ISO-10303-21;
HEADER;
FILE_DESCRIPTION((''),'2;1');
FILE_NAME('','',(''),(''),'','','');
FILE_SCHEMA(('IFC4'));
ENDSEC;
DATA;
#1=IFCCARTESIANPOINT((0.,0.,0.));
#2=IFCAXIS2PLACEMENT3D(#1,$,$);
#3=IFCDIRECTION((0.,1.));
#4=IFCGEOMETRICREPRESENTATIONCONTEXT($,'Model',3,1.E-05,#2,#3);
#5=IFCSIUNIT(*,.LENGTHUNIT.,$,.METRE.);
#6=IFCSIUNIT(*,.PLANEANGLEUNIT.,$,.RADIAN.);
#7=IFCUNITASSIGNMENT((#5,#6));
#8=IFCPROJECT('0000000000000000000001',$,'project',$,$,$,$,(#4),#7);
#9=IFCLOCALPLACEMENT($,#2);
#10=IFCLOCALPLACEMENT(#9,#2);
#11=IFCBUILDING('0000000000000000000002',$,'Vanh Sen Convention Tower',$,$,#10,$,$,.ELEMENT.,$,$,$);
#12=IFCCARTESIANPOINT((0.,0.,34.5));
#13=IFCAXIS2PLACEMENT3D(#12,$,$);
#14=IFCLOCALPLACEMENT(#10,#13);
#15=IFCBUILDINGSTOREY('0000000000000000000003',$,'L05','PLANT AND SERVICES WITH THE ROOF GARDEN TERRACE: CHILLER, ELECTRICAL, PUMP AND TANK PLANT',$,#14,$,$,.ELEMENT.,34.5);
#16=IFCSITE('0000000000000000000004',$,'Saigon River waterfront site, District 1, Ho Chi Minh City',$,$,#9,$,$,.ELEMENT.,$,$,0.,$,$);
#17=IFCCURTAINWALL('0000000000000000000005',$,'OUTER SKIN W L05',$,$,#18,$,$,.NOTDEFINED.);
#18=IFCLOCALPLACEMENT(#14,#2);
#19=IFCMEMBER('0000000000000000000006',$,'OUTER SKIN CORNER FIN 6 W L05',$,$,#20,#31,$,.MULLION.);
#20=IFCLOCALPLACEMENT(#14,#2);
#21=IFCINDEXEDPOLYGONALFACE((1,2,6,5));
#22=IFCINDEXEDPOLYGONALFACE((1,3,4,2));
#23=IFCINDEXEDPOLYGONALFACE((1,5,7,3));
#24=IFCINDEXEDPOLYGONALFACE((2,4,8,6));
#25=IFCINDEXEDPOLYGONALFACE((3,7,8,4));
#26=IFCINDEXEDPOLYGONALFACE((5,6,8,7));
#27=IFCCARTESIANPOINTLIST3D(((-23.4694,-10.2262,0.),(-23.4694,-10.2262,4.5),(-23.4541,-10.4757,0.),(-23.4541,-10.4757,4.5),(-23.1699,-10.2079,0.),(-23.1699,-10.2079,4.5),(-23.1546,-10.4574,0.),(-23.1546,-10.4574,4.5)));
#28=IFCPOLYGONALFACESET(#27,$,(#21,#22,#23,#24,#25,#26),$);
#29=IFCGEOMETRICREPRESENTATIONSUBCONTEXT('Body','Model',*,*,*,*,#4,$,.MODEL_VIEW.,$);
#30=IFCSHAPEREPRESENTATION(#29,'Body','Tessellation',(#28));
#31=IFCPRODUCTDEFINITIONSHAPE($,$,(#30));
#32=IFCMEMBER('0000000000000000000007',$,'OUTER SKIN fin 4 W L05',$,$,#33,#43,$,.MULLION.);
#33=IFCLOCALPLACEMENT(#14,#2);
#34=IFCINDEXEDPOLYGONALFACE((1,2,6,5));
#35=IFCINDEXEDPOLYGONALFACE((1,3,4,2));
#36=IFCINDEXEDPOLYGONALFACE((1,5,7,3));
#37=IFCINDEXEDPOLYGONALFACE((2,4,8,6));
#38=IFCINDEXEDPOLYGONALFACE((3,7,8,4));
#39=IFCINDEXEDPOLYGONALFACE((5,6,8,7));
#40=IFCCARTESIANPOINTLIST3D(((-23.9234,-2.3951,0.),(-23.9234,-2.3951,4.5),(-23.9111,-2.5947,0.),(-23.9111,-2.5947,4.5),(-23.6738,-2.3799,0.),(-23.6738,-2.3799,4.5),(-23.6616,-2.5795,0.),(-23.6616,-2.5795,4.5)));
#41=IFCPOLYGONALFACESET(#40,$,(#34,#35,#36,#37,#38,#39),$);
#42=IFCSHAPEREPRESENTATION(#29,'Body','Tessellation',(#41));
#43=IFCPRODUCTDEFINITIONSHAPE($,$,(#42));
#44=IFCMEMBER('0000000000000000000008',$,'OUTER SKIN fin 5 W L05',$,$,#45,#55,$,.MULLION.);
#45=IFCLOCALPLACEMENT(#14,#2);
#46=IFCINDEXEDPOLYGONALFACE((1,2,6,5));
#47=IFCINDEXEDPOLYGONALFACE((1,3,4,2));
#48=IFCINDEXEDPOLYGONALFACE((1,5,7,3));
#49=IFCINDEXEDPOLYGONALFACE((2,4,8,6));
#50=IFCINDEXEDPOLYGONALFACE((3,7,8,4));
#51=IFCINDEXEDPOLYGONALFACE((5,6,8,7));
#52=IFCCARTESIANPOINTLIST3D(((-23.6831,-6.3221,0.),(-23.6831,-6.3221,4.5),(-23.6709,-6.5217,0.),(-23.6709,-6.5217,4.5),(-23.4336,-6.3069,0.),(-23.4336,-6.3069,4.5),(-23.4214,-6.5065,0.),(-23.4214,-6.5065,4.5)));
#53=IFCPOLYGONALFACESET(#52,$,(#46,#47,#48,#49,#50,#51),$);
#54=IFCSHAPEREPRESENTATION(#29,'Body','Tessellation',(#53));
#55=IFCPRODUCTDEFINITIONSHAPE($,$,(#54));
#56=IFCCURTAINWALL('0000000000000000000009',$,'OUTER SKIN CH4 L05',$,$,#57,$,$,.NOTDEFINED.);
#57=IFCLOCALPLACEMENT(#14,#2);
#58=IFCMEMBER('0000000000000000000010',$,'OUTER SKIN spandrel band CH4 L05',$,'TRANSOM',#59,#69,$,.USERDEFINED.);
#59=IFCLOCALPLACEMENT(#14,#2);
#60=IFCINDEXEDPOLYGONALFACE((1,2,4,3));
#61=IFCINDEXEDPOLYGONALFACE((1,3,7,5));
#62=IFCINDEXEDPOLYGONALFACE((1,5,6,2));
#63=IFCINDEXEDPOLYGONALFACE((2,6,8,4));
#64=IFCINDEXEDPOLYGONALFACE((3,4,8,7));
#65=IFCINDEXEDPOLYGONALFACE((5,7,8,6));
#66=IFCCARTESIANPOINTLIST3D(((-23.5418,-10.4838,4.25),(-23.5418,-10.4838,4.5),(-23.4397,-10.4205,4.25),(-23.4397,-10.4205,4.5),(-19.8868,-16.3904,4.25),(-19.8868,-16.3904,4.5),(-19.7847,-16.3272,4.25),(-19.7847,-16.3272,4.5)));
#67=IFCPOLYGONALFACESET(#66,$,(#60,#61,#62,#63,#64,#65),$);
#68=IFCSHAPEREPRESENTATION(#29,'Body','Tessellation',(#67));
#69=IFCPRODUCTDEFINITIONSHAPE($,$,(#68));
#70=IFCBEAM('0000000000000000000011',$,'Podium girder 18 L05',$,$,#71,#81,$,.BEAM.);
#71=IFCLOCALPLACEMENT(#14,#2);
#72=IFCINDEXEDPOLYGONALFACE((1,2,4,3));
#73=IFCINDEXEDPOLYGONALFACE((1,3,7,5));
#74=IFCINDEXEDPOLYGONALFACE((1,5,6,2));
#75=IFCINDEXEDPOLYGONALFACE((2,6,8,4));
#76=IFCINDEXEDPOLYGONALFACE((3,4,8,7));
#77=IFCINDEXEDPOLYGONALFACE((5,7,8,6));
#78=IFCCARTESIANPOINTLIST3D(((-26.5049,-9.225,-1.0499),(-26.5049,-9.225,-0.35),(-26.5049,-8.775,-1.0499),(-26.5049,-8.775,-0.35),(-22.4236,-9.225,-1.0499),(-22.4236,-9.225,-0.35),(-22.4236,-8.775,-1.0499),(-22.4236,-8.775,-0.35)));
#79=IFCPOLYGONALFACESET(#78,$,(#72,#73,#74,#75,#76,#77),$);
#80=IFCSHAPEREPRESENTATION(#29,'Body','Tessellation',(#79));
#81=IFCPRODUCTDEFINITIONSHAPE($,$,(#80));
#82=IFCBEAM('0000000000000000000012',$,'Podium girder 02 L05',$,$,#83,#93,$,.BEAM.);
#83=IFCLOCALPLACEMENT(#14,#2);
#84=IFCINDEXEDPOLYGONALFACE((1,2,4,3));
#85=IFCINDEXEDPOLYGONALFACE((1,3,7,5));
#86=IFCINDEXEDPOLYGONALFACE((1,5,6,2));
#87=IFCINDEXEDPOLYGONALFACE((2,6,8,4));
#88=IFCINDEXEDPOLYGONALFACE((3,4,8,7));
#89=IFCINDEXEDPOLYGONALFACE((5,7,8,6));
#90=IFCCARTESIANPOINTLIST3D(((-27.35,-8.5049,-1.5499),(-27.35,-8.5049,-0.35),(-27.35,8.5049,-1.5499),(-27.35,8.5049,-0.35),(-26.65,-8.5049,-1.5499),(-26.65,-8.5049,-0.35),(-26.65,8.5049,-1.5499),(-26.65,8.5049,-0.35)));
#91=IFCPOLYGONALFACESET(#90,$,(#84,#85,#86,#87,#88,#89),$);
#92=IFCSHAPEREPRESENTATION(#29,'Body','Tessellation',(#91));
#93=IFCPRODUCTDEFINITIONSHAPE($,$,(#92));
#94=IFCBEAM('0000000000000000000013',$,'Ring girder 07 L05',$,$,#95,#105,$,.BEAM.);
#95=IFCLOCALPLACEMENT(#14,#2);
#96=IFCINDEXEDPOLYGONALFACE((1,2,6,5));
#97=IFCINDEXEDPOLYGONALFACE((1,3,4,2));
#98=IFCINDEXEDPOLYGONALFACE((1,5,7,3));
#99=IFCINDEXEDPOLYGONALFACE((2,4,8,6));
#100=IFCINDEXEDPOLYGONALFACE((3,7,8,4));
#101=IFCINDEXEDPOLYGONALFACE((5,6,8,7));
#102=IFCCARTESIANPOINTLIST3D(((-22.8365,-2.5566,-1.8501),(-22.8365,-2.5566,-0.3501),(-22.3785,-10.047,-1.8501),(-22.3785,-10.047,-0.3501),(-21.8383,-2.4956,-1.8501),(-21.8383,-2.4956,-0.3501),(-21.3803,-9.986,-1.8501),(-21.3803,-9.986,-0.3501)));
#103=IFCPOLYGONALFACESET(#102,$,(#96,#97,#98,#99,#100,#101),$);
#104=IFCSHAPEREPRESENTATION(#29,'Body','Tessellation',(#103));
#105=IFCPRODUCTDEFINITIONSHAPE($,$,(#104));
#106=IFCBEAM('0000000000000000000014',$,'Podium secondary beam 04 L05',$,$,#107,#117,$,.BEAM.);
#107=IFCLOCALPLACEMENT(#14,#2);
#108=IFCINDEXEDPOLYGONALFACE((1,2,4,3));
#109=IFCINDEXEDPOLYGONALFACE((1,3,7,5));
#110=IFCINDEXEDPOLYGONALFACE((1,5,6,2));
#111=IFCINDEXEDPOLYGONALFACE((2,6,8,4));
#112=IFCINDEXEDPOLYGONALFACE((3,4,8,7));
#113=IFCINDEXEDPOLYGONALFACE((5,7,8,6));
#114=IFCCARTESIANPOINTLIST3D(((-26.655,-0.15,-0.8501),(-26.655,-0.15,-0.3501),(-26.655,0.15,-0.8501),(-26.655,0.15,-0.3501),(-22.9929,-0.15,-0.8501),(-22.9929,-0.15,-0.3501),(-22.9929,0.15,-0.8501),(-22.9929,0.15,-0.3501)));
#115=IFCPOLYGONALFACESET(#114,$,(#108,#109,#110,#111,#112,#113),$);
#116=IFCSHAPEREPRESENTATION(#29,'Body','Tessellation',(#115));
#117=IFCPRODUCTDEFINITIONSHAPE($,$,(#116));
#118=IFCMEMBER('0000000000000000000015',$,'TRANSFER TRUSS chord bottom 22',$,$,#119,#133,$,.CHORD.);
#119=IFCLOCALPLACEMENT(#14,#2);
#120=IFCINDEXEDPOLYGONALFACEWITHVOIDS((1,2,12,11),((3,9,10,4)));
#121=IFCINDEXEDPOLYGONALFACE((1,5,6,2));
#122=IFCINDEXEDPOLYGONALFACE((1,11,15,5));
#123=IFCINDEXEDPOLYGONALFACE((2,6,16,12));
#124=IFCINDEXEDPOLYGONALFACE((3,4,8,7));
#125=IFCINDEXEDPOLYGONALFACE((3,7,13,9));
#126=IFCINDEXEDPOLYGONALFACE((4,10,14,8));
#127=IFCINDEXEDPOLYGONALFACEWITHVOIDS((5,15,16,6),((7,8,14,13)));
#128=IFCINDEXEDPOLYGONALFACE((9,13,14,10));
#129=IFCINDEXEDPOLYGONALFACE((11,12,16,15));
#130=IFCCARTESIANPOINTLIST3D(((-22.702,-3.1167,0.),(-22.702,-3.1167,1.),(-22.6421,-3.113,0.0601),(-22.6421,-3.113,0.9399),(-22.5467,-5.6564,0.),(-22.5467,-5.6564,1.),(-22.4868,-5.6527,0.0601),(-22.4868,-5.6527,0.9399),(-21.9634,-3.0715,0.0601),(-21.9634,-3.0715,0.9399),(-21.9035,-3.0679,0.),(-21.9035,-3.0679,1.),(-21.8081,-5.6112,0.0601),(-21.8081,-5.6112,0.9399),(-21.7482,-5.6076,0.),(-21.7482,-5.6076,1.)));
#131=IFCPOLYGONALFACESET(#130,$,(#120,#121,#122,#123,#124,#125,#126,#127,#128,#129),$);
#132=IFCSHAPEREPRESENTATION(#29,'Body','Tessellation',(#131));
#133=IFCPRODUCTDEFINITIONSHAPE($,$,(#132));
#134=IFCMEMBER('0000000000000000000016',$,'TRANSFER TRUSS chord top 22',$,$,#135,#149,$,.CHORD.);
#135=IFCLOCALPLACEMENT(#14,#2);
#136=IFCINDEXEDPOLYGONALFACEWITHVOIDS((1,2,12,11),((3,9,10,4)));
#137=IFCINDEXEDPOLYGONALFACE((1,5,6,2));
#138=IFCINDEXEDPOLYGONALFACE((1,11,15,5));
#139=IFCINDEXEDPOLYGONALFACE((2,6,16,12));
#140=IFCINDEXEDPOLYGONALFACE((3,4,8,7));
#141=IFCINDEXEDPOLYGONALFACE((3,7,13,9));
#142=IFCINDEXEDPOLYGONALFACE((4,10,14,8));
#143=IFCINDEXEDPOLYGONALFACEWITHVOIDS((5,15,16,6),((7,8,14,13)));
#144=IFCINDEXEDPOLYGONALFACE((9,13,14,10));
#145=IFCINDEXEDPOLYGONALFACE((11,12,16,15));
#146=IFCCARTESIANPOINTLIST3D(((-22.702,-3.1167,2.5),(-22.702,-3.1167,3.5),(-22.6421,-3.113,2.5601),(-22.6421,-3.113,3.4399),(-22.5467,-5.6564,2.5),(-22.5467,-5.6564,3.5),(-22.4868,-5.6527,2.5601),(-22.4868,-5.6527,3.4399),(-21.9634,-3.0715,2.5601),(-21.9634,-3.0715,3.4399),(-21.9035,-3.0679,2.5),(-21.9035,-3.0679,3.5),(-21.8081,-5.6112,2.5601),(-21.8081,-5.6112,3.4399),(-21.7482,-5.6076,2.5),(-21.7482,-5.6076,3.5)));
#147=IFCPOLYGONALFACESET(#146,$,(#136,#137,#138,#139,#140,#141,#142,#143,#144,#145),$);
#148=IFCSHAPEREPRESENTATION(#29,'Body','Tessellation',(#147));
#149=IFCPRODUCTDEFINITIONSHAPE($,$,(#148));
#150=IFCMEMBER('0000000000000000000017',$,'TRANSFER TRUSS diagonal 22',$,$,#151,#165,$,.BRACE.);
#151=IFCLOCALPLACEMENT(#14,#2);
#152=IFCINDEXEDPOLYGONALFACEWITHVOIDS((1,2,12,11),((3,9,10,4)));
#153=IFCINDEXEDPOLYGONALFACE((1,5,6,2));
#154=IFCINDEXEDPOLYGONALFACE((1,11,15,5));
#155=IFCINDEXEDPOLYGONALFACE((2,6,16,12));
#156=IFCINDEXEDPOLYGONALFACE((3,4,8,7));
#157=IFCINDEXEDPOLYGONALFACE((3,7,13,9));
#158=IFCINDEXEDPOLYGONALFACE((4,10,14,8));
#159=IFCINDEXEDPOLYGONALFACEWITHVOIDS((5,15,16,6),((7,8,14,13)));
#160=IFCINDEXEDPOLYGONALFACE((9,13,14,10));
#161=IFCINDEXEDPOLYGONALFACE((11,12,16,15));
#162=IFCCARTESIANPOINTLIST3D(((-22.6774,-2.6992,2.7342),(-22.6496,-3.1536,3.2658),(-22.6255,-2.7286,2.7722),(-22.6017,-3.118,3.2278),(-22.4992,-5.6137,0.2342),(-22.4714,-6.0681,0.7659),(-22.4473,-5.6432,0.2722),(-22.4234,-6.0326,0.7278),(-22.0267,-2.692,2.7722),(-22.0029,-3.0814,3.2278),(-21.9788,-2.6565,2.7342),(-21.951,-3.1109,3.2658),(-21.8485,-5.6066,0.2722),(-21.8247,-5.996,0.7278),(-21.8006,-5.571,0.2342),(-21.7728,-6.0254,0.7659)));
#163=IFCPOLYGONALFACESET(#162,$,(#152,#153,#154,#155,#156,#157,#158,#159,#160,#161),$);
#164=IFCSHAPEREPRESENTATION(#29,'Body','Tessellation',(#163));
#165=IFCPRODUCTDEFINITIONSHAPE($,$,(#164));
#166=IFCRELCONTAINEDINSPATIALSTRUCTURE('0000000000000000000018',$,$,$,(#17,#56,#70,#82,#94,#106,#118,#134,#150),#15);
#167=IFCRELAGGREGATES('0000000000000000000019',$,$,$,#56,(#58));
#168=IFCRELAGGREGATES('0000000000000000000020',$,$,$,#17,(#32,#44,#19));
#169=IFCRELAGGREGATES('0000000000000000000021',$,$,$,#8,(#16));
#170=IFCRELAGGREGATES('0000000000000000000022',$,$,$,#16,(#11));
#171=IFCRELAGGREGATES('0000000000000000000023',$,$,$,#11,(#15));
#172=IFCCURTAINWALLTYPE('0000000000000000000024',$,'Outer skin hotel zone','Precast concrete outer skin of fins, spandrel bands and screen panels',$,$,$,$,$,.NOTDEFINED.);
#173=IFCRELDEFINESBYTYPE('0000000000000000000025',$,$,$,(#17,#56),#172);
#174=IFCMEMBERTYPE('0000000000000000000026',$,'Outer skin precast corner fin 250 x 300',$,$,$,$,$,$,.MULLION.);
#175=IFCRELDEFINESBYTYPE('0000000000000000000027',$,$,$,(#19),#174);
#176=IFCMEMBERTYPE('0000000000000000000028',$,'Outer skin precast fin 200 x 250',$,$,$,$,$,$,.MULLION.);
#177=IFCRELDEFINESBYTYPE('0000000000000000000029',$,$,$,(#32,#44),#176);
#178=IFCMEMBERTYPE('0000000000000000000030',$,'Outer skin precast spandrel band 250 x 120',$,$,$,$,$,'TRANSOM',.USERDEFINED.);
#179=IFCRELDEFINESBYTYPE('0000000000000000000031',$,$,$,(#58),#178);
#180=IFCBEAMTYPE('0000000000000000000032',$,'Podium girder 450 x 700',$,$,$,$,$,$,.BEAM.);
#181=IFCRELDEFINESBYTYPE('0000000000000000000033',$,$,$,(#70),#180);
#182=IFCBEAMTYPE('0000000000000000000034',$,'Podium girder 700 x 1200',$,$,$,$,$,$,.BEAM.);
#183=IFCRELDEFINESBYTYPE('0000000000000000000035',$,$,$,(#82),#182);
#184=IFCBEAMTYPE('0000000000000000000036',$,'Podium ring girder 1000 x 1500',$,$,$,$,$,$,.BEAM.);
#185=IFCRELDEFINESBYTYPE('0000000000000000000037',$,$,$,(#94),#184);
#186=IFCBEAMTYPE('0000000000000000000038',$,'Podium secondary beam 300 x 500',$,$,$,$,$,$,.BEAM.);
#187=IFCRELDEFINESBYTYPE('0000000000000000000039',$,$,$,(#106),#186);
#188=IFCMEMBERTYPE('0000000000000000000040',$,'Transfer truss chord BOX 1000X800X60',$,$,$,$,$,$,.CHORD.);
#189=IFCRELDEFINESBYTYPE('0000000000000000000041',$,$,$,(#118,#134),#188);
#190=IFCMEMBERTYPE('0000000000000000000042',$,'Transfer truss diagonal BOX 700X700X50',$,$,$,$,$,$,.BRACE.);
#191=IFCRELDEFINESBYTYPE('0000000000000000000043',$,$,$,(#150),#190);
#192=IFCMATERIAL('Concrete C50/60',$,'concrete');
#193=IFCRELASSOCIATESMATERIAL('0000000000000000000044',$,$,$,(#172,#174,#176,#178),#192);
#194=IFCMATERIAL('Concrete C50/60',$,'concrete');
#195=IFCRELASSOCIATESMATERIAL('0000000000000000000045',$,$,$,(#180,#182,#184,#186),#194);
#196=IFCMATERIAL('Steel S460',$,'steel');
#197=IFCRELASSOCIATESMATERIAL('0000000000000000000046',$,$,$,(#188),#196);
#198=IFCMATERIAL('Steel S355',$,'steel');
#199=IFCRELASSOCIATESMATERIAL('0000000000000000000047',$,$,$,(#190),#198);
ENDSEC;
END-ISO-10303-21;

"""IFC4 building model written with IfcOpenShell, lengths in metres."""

from ifc_helpers import new_model, si_unit, direction, frame, origin, origin_2d, place, context, subcontext, project, spatial, rectangle, hollow_rectangle, extrude, material, material_profile, profile_set, type_object, element, aggregate, save


model = new_model("IFC4")

# Units and contexts
model_context = context("Model", 3, precision=1e-05, world=origin(), true_north=direction((0.0, 1.0)))
body_context = subcontext(model_context, "Body", "Model", "MODEL_VIEW")
ifc_project = project(units=[si_unit("LENGTHUNIT", "METRE"), si_unit("PLANEANGLEUNIT", "RADIAN")], contexts=[model_context])

# Site, building, storey
site_placement = place(None, origin())
site = spatial("IfcSite", under=ifc_project, at=site_placement, Name="Saigon River waterfront site, District 1, Ho Chi Minh City", CompositionType="ELEMENT", RefElevation=0.0)
building_placement = place(site_placement, origin())
building = spatial("IfcBuilding", under=site, at=building_placement, Name="Vanh Sen Convention Tower", CompositionType="ELEMENT")
storey_placement = place(building_placement, frame((0.0, 0.0, 34.5)))
storey = spatial("IfcBuildingStorey", under=building, at=storey_placement, Name="L05", Description="PLANT AND SERVICES WITH THE ROOF GARDEN TERRACE: CHILLER, ELECTRICAL, PUMP AND TANK PLANT", CompositionType="ELEMENT", Elevation=34.5)

# Curtain wall, members
ifc_material_1 = material(Name="Concrete C50/60", Category="concrete")
curtain_wall_type = type_object("IfcCurtainWallType", Name="Outer skin hotel zone", Description="Precast concrete outer skin of fins, spandrel bands and screen panels", PredefinedType="NOTDEFINED", material=ifc_material_1)
curtain_wall_1_placement = place(storey_placement, origin())
curtain_wall_1 = element("IfcCurtainWall", 1, at=curtain_wall_1_placement, inside=storey, type_object=curtain_wall_type, Name="OUTER SKIN W L05", PredefinedType="NOTDEFINED")
ifc_material_profile_1 = material_profile(ifc_material_1, rectangle(XDim=0.25, YDim=0.3, at=origin_2d()), Name="Outer skin precast corner fin 250 x 300")
ifc_profile_set_1 = profile_set([ifc_material_profile_1], Name="Concrete C50/60")
member_type_1 = type_object("IfcMemberType", Name="Outer skin precast corner fin 250 x 300", PredefinedType="MULLION", material=ifc_profile_set_1)
member_1_placement = place(storey_placement, frame((-23.312, -10.3418, 0.0), z_axis=(0.0, 0.0, 1.0), x_axis=(0.061049, -0.998135, 0.0)))
member_1 = element("IfcMember", 2, at=member_1_placement, type_object=member_type_1, Name="OUTER SKIN CORNER FIN 6 W L05", PredefinedType="MULLION", context=body_context, shape_type="SweptSolid", body=[
    extrude(rectangle(XDim=0.25, YDim=0.3, at=origin_2d()), origin(), (0.0, 0.0, 1.0), 4.5),
])
ifc_material_profile_2 = material_profile(ifc_material_1, rectangle(XDim=0.2, YDim=0.25, at=origin_2d()), Name="Outer skin precast fin 200 x 250")
ifc_profile_set_2 = profile_set([ifc_material_profile_2], Name="Concrete C50/60")
member_type_2 = type_object("IfcMemberType", Name="Outer skin precast fin 200 x 250", PredefinedType="MULLION", material=ifc_profile_set_2)
member_2_placement = place(storey_placement, frame((-23.7925, -2.4873, 0.0), z_axis=(0.0, 0.0, 1.0), x_axis=(0.061049, -0.998135, 0.0)))
member_2 = element("IfcMember", 3, at=member_2_placement, type_object=member_type_2, Name="OUTER SKIN fin 4 W L05", PredefinedType="MULLION", context=body_context, shape_type="SweptSolid", body=[
    extrude(rectangle(XDim=0.2, YDim=0.25, at=origin_2d()), origin(), (0.0, 0.0, 1.0), 4.5),
])
member_3_placement = place(storey_placement, frame((-23.5522, -6.4143, 0.0), z_axis=(0.0, 0.0, 1.0), x_axis=(0.061049, -0.998135, 0.0)))
member_3 = element("IfcMember", 4, at=member_3_placement, type_object=member_type_2, Name="OUTER SKIN fin 5 W L05", PredefinedType="MULLION", context=body_context, shape_type="SweptSolid", body=[
    extrude(rectangle(XDim=0.2, YDim=0.25, at=origin_2d()), origin(), (0.0, 0.0, 1.0), 4.5),
])

# Curtain wall, member
curtain_wall_2_placement = place(storey_placement, origin())
curtain_wall_2 = element("IfcCurtainWall", 5, at=curtain_wall_2_placement, inside=storey, type_object=curtain_wall_type, Name="OUTER SKIN CH4 L05", PredefinedType="NOTDEFINED")
ifc_material_profile_3 = material_profile(ifc_material_1, rectangle(XDim=0.1201, YDim=0.25, at=origin_2d()), Name="Outer skin precast spandrel band 250 x 120")
ifc_profile_set_3 = profile_set([ifc_material_profile_3], Name="Concrete C50/60")
member_type_3 = type_object("IfcMemberType", Name="Outer skin precast spandrel band 250 x 120", ElementType="TRANSOM", PredefinedType="USERDEFINED", material=ifc_profile_set_3)
member_4_placement = place(storey_placement, frame((-23.4907, -10.4521, 4.375), z_axis=(0.526196, -0.850363, 0.0), x_axis=(0.850363, 0.526196, 0.0)))
member_4 = element("IfcMember", 6, at=member_4_placement, type_object=member_type_3, Name="OUTER SKIN spandrel band CH4 L05", ObjectType="TRANSOM", PredefinedType="USERDEFINED", context=body_context, shape_type="SweptSolid", body=[
    extrude(rectangle(XDim=0.1201, YDim=0.25, at=origin_2d()), origin(), (0.0, 0.0, 1.0), 6.946),
])
aggregate(curtain_wall_2, [member_4])

# Beams
ifc_material_2 = material(Name="Concrete C50/60", Category="concrete")
ifc_material_profile_4 = material_profile(ifc_material_2, rectangle(XDim=0.45, YDim=0.7, at=origin_2d()), Name="RC 450X700")
ifc_profile_set_4 = profile_set([ifc_material_profile_4], Name="Concrete C50/60")
beam_type_1 = type_object("IfcBeamType", Name="Podium girder 450 x 700", PredefinedType="BEAM", material=ifc_profile_set_4)
beam_1_placement = place(storey_placement, frame((-26.5049, -9.0, -0.7), z_axis=(1.0, 0.0, 0.0), x_axis=(0.0, 1.0, 0.0)))
element("IfcBeam", 7, at=beam_1_placement, inside=storey, type_object=beam_type_1, Name="Podium girder 18 L05", PredefinedType="BEAM", context=body_context, shape_type="SweptSolid", body=[
    extrude(rectangle(XDim=0.45, YDim=0.7, at=origin_2d()), origin(), (0.0, 0.0, 1.0), 4.0813),
])
ifc_material_profile_5 = material_profile(ifc_material_2, rectangle(XDim=0.7, YDim=1.2, at=origin_2d()), Name="RC 700X1200")
ifc_profile_set_5 = profile_set([ifc_material_profile_5], Name="Concrete C50/60")
beam_type_2 = type_object("IfcBeamType", Name="Podium girder 700 x 1200", PredefinedType="BEAM", material=ifc_profile_set_5)
beam_2_placement = place(storey_placement, frame((-27.0, -8.5049, -0.95), z_axis=(0.0, 1.0, 0.0), x_axis=(-1.0, 0.0, 0.0)))
element("IfcBeam", 8, at=beam_2_placement, inside=storey, type_object=beam_type_2, Name="Podium girder 02 L05", PredefinedType="BEAM", context=body_context, shape_type="SweptSolid", body=[
    extrude(rectangle(XDim=0.7, YDim=1.2, at=origin_2d()), origin(), (0.0, 0.0, 1.0), 17.0098),
])
ifc_material_profile_6 = material_profile(ifc_material_2, rectangle(XDim=1.0, YDim=1.5, at=origin_2d()), Name="RC 1000X1500")
ifc_profile_set_6 = profile_set([ifc_material_profile_6], Name="Concrete C50/60")
beam_type_3 = type_object("IfcBeamType", Name="Podium ring girder 1000 x 1500", PredefinedType="BEAM", material=ifc_profile_set_6)
beam_3_placement = place(storey_placement, frame((-22.3374, -2.5261, -1.1001), z_axis=(0.061031, -0.998136, 0.0), x_axis=(0.998136, 0.061031, 0.0)))
element("IfcBeam", 9, at=beam_3_placement, inside=storey, type_object=beam_type_3, Name="Ring girder 07 L05", PredefinedType="BEAM", context=body_context, shape_type="SweptSolid", body=[
    extrude(rectangle(XDim=1.0, YDim=1.5, at=origin_2d()), origin(), (0.0, 0.0, 1.0), 7.5044),
])
ifc_material_profile_7 = material_profile(ifc_material_2, rectangle(XDim=0.3, YDim=0.5, at=origin_2d()), Name="RC 300X500")
ifc_profile_set_7 = profile_set([ifc_material_profile_7], Name="Concrete C50/60")
beam_type_4 = type_object("IfcBeamType", Name="Podium secondary beam 300 x 500", PredefinedType="BEAM", material=ifc_profile_set_7)
beam_4_placement = place(storey_placement, frame((-26.655, 0.0, -0.6001), z_axis=(1.0, 0.0, 0.0), x_axis=(0.0, 1.0, 0.0)))
element("IfcBeam", 10, at=beam_4_placement, inside=storey, type_object=beam_type_4, Name="Podium secondary beam 04 L05", PredefinedType="BEAM", context=body_context, shape_type="SweptSolid", body=[
    extrude(rectangle(XDim=0.3, YDim=0.5, at=origin_2d()), origin(), (0.0, 0.0, 1.0), 3.6621),
])

# Members
ifc_material_3 = material(Name="Steel S460", Category="steel")
ifc_material_profile_8 = material_profile(ifc_material_3, hollow_rectangle(XDim=0.8, YDim=1.0, WallThickness=0.0601, at=origin_2d()), Name="BOX 1000X800X60")
ifc_profile_set_8 = profile_set([ifc_material_profile_8], Name="Steel S460")
member_type_4 = type_object("IfcMemberType", Name="Transfer truss chord BOX 1000X800X60", PredefinedType="CHORD", material=ifc_profile_set_8)
for number, where, z_axis, x_axis, name in (
    (11, (-22.3027, -3.0923, 0.5), (0.061022, -0.998136, 0.0), (0.998136, 0.061022, 0.0), "TRANSFER TRUSS chord bottom 22"),
    (12, (-22.3027, -3.0923, 3.0), (0.061022, -0.998136, 0.0), (0.998136, 0.061022, 0.0), "TRANSFER TRUSS chord top 22"),
):
    element("IfcMember", number, at=place(storey_placement, frame(where, z_axis=z_axis, x_axis=x_axis)), inside=storey, type_object=member_type_4, Name=name, PredefinedType="CHORD", context=body_context, shape_type="SweptSolid", body=[
        extrude(hollow_rectangle(XDim=0.8, YDim=1.0, WallThickness=0.0601, at=origin_2d()), origin(), (0.0, 0.0, 1.0), 2.5444),
    ])
ifc_material_4 = material(Name="Steel S355", Category="steel")
ifc_material_profile_9 = material_profile(ifc_material_4, hollow_rectangle(XDim=0.7, YDim=0.7, WallThickness=0.05, at=origin_2d()), Name="BOX 700X700X50")
ifc_profile_set_9 = profile_set([ifc_material_profile_9], Name="Steel S355")
member_type_5 = type_object("IfcMemberType", Name="Transfer truss diagonal BOX 700X700X50", PredefinedType="BRACE", material=ifc_profile_set_9)
member_5_placement = place(storey_placement, frame((-22.3142, -2.905, 3.0), z_axis=(0.046364, -0.758207, -0.650363), x_axis=(0.998136, 0.061035, 0.0)))
element("IfcMember", 13, at=member_5_placement, inside=storey, type_object=member_type_5, Name="TRANSFER TRUSS diagonal 22", PredefinedType="BRACE", context=body_context, shape_type="SweptSolid", body=[
    extrude(hollow_rectangle(XDim=0.7, YDim=0.7, WallThickness=0.05, at=origin_2d()), origin(), (0.0, 0.0, 1.0), 3.844),
])

aggregate(curtain_wall_1, [member_2, member_3, member_1])

save(model, "model.ifc")
